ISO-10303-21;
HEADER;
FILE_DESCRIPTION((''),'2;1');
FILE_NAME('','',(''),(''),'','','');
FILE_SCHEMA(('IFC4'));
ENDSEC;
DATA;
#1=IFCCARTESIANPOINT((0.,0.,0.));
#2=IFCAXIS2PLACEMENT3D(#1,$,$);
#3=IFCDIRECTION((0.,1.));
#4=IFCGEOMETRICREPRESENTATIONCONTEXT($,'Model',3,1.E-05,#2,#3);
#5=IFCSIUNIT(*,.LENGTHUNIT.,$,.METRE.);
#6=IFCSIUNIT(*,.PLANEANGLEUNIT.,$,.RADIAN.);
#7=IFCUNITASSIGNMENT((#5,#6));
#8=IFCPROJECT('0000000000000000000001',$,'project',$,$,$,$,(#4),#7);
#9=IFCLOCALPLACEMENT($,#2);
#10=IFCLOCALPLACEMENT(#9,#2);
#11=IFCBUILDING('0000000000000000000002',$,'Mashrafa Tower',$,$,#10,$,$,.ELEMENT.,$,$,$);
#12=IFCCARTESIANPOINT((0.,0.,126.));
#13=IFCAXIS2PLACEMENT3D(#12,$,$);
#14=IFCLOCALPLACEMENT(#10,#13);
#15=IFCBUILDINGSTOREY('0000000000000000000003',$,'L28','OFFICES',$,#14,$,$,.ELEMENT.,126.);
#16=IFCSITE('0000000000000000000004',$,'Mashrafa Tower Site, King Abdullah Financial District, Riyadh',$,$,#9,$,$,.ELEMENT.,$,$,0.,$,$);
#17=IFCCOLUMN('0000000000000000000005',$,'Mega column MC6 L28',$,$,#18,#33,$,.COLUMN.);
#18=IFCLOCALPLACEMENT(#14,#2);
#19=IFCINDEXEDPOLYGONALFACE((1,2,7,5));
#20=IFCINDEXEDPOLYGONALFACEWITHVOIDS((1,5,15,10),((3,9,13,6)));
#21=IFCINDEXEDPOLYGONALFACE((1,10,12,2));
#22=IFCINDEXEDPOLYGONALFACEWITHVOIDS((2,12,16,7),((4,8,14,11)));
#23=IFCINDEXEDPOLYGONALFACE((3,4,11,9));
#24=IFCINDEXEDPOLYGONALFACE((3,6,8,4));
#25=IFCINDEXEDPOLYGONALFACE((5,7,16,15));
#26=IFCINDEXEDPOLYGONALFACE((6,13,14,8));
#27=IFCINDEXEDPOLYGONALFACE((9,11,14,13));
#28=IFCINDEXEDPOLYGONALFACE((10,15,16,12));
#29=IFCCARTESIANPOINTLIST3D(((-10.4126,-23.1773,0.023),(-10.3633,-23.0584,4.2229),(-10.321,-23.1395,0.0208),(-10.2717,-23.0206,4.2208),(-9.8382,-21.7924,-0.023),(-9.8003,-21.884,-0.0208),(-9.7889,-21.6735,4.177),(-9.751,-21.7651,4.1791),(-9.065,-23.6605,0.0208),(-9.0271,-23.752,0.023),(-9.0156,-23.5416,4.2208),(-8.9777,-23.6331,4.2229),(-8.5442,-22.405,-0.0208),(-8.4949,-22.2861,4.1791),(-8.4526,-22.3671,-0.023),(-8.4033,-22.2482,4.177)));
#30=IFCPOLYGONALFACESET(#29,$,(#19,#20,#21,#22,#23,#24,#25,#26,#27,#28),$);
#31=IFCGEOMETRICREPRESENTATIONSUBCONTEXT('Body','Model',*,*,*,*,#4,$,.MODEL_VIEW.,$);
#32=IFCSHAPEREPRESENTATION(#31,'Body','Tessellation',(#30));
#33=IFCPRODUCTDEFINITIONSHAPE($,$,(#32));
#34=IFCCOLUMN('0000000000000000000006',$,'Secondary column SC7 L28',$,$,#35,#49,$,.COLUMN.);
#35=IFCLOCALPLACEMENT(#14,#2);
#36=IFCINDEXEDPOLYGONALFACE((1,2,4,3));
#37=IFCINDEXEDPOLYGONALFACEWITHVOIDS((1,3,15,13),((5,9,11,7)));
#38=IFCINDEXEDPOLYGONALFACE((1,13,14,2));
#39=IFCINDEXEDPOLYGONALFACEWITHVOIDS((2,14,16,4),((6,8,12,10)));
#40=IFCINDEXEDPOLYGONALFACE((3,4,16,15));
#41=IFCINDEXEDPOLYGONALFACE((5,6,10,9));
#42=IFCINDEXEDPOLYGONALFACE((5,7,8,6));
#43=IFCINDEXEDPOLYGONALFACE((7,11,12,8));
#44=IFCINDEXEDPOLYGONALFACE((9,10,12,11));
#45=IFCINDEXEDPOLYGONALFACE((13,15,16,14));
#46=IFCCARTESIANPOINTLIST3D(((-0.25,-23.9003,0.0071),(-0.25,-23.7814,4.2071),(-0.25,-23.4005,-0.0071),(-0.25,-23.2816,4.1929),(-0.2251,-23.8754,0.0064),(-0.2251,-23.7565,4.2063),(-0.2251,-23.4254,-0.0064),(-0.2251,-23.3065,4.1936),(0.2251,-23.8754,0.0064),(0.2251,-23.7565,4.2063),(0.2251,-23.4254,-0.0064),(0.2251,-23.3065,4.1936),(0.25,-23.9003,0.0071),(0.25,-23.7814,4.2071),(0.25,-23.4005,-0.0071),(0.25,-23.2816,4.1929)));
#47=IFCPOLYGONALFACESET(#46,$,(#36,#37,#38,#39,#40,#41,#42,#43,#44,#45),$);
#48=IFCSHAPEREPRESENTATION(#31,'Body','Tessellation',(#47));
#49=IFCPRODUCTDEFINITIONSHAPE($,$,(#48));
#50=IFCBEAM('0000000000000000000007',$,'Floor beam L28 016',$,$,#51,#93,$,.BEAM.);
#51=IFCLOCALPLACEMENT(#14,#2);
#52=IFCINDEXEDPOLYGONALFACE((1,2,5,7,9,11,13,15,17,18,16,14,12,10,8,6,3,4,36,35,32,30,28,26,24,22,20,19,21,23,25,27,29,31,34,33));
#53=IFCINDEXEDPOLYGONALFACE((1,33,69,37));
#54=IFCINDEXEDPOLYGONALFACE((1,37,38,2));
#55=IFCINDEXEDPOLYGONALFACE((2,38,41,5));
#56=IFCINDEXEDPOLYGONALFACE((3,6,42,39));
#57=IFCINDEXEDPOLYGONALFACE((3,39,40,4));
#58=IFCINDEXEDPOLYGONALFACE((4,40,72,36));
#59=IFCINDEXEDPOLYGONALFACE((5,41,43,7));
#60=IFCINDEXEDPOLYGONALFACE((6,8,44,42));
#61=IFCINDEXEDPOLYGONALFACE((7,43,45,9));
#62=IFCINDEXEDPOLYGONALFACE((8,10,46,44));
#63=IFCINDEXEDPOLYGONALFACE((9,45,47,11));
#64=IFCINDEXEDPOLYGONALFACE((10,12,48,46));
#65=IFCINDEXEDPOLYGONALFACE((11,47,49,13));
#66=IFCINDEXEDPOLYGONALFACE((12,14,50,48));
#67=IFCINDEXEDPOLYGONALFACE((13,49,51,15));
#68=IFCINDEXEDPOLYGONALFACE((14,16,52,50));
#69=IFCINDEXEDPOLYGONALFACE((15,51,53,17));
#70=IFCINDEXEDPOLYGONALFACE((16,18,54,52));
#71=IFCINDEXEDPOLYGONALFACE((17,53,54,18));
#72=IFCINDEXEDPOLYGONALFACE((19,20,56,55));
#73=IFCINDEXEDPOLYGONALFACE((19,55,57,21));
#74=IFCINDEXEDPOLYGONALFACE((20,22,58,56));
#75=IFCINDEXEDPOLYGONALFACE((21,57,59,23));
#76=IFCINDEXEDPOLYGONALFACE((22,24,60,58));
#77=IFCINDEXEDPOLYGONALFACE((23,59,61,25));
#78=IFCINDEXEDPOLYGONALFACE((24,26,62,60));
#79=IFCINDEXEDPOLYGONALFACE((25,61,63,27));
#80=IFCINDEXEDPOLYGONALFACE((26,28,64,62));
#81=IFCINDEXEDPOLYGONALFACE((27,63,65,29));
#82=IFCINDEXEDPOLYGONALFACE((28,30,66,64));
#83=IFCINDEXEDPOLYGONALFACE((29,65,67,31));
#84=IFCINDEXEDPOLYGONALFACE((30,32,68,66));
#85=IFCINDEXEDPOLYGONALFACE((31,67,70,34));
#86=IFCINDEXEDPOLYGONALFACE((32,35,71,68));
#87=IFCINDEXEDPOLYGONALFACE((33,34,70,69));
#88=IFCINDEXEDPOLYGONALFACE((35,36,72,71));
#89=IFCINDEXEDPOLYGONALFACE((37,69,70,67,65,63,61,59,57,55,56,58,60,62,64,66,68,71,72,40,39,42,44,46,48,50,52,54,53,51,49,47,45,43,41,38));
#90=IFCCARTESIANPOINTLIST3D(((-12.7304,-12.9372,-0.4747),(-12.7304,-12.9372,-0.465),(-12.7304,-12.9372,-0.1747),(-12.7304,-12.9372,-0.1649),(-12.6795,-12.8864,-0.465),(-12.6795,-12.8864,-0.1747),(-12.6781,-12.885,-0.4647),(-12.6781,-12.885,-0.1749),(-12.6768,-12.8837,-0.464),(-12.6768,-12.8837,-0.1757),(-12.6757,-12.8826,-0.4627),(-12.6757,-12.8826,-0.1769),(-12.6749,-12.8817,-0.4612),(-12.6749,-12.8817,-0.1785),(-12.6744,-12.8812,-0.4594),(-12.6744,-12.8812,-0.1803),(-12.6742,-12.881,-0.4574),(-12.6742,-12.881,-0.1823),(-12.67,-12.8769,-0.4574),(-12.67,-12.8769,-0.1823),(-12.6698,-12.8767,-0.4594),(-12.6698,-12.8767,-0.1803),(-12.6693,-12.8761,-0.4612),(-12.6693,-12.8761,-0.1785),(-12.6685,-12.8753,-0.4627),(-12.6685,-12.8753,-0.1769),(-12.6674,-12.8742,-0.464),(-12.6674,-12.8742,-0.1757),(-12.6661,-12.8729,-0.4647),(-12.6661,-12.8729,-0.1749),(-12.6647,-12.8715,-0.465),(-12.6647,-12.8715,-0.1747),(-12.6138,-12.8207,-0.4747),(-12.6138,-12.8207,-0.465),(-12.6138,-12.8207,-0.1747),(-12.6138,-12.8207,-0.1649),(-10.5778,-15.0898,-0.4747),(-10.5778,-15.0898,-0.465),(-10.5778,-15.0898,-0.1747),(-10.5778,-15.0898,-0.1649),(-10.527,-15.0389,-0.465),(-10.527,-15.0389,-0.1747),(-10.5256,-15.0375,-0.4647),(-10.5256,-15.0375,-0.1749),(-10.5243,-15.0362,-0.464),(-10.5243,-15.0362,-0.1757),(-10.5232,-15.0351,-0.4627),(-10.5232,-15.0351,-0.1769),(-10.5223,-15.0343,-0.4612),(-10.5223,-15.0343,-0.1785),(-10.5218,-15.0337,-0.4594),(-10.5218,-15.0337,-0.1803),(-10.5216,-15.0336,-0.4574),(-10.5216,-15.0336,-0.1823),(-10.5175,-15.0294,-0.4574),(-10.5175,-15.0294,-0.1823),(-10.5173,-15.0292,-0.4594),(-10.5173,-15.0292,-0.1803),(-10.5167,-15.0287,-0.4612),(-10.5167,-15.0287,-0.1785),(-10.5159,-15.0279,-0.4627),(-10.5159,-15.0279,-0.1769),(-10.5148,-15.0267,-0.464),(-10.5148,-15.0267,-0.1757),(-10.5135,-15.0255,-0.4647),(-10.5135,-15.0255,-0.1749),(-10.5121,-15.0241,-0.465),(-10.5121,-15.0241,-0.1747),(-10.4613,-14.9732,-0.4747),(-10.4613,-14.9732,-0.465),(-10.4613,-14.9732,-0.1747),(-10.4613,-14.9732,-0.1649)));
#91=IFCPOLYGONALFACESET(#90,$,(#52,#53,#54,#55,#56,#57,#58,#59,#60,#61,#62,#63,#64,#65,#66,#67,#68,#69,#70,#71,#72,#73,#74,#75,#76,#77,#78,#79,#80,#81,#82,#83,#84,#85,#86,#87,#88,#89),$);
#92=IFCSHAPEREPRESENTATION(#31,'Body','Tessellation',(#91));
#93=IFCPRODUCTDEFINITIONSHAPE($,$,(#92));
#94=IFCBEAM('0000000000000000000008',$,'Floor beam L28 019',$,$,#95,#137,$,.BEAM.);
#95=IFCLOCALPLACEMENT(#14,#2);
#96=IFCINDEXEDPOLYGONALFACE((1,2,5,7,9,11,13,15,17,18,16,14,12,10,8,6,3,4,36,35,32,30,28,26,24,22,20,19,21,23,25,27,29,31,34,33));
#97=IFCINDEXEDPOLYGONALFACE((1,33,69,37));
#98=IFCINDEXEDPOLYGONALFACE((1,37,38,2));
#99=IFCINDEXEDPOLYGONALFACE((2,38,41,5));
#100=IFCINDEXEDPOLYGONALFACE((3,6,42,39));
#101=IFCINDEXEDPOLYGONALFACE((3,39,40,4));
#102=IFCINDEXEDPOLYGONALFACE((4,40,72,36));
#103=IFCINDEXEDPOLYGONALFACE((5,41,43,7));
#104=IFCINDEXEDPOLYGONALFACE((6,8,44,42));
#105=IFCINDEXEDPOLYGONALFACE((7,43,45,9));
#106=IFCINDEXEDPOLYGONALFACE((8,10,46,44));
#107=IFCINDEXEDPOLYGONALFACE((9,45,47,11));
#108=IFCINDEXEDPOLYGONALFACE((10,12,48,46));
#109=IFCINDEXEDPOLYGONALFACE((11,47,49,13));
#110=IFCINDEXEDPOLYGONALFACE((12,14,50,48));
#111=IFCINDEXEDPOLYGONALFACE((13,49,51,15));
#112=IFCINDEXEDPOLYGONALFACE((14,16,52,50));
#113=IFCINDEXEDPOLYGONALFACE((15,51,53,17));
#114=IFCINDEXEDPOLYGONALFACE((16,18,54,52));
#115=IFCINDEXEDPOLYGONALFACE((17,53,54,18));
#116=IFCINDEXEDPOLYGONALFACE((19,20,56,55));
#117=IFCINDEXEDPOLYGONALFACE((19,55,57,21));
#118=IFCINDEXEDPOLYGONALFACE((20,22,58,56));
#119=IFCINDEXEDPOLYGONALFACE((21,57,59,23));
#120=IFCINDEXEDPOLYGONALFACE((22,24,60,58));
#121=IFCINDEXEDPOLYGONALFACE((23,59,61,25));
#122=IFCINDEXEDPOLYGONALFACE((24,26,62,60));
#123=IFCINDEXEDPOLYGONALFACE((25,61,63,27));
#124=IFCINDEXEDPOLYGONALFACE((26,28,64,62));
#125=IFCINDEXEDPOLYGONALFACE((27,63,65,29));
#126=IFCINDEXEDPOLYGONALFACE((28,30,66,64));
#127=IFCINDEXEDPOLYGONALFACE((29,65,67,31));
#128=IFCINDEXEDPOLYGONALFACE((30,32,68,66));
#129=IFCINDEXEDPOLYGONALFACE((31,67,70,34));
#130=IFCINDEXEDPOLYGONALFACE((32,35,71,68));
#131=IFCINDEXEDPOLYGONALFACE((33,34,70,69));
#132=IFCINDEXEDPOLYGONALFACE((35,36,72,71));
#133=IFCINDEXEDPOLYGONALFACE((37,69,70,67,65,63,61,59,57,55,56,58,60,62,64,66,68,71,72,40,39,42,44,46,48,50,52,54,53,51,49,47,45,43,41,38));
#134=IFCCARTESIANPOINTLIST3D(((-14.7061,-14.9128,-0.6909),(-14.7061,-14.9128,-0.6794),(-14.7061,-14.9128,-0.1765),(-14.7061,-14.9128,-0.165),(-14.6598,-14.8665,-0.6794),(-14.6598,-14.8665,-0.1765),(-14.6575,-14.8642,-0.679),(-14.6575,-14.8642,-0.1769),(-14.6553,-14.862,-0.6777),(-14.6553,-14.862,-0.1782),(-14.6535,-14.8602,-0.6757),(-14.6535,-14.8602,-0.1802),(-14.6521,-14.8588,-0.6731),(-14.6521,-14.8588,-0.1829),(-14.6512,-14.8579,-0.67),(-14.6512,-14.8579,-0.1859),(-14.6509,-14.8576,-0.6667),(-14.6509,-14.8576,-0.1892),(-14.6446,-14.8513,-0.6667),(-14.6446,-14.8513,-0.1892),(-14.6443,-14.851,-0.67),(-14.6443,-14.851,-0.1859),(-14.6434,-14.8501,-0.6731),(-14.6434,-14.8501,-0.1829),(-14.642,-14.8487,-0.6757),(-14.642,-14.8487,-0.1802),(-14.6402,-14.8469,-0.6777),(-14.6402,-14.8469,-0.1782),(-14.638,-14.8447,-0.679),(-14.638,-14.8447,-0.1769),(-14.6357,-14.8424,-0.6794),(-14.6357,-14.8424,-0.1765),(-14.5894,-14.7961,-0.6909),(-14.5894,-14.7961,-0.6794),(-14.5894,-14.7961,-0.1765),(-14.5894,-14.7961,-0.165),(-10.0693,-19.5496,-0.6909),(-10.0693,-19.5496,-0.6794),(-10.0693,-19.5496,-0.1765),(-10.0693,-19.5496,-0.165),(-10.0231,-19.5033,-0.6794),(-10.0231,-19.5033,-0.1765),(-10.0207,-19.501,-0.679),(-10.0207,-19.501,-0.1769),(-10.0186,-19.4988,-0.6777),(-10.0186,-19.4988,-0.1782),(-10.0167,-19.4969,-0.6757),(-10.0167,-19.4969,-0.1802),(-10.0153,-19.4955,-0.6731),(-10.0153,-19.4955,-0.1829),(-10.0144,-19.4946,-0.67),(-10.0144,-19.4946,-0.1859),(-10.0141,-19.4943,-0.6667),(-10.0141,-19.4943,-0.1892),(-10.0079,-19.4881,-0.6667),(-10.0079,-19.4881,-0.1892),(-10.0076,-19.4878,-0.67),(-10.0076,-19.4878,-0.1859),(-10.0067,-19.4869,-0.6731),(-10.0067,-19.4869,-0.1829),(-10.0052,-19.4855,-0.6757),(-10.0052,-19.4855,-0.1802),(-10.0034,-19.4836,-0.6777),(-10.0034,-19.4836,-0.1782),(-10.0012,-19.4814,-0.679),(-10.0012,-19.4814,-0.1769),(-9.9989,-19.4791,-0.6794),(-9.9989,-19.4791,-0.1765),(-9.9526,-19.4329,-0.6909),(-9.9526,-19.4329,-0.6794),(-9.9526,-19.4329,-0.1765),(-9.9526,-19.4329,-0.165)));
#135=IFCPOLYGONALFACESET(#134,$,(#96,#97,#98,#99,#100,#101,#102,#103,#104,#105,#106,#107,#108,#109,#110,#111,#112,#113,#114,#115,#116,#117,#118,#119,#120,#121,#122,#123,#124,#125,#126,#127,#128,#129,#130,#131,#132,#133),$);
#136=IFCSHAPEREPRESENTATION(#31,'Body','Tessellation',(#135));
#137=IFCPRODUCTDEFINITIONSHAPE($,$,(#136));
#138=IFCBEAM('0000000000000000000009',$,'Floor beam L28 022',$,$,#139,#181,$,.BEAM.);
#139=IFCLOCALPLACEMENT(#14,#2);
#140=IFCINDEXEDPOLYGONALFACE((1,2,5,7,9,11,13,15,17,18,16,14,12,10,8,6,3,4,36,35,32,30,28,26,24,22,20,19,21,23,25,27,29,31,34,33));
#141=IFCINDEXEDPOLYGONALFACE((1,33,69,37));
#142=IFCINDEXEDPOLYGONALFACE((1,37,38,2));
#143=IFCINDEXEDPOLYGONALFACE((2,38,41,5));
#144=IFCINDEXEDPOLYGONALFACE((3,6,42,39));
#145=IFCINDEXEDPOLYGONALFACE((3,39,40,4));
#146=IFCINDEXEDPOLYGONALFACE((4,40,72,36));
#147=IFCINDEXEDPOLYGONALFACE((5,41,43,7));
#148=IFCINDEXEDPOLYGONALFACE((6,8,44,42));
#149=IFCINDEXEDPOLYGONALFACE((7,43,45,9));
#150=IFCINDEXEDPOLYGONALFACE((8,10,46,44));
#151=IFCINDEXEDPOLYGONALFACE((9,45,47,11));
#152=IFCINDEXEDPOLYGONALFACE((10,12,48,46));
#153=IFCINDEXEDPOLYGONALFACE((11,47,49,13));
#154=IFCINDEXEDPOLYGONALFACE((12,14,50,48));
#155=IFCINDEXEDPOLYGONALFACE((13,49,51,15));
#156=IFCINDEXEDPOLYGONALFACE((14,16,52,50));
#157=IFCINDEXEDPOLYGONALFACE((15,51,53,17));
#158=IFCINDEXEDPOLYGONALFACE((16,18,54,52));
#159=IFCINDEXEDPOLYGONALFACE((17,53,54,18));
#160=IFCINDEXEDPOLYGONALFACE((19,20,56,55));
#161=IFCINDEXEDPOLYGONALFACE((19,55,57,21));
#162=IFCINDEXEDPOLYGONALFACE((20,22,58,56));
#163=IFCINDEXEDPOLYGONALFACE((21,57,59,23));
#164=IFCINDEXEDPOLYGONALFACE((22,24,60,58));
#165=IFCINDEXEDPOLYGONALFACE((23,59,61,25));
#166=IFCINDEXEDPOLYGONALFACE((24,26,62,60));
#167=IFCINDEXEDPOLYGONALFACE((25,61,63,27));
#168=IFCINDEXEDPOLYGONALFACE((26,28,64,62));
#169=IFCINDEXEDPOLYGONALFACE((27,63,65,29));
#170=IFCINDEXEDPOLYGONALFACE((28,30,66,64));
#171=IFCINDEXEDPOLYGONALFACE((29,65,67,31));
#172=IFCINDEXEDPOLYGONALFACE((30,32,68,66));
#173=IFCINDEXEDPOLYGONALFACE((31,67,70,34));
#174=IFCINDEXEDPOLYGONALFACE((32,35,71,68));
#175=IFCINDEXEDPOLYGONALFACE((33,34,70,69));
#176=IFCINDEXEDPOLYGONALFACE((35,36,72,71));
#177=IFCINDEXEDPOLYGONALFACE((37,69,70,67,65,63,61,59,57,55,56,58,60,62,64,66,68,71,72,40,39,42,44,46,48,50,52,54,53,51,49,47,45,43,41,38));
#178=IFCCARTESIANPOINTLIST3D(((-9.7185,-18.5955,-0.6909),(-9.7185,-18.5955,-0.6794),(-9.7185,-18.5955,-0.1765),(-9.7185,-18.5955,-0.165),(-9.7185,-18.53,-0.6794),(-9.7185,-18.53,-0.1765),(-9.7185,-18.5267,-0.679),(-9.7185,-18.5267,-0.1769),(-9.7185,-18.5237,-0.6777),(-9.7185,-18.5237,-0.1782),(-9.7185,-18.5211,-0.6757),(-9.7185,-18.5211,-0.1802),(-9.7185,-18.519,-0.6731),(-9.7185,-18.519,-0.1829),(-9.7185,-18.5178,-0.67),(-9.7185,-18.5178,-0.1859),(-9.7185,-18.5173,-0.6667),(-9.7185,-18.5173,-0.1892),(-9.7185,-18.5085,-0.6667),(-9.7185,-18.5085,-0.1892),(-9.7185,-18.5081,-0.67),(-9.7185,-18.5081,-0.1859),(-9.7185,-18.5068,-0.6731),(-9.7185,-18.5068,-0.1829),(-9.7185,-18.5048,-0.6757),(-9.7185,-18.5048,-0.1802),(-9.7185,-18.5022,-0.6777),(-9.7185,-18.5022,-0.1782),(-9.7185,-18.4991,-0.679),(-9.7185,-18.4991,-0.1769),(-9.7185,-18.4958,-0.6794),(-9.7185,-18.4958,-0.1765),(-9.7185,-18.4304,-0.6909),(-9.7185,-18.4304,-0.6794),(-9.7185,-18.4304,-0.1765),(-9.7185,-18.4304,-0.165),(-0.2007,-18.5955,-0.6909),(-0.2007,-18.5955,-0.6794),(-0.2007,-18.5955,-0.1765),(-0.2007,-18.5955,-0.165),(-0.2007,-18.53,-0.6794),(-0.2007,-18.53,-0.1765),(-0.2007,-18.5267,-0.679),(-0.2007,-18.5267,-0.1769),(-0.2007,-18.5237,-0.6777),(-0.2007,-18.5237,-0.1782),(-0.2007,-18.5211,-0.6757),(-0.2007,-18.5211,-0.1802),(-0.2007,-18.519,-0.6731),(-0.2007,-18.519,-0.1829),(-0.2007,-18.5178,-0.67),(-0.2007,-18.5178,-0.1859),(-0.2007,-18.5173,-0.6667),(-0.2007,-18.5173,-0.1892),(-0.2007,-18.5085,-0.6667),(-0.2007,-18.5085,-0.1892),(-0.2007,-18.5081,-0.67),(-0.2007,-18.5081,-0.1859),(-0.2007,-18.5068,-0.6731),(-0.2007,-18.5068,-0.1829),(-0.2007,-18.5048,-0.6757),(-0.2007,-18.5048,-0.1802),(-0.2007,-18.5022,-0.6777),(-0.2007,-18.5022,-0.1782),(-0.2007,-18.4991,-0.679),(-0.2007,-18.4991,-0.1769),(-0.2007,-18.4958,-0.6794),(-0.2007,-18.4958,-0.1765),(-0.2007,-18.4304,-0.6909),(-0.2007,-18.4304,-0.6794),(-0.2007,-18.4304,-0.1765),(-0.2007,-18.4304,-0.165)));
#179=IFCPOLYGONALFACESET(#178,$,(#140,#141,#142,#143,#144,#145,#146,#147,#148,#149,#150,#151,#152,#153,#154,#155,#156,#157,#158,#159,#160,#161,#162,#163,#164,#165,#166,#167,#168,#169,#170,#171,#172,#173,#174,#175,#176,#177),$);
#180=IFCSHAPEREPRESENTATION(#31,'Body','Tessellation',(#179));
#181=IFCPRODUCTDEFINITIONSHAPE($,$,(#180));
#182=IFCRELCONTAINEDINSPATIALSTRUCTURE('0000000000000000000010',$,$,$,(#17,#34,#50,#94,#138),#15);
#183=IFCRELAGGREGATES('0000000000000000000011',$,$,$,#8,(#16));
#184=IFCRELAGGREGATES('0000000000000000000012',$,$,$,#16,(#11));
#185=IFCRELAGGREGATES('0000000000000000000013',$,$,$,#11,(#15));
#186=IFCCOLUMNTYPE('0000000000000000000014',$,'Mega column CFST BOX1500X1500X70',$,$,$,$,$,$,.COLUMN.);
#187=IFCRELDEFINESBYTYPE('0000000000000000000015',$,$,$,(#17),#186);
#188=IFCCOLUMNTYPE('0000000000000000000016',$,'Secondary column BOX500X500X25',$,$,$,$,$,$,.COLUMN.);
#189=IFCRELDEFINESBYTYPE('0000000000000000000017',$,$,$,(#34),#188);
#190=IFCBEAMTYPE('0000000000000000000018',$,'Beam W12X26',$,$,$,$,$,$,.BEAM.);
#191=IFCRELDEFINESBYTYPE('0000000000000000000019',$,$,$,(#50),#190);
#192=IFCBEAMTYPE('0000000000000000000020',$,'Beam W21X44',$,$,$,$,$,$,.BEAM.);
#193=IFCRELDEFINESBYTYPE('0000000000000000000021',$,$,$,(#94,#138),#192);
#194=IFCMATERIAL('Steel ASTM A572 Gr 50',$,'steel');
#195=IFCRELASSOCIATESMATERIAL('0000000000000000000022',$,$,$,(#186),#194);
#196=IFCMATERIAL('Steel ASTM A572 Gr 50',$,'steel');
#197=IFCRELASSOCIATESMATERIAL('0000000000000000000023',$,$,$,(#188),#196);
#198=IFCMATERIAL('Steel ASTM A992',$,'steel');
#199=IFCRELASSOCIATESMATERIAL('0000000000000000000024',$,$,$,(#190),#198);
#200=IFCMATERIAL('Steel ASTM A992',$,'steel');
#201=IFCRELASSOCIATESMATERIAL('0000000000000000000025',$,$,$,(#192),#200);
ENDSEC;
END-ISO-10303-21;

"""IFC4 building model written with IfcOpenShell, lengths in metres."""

from ifc_helpers import new_model, si_unit, direction, frame, origin, origin_2d, place, context, subcontext, project, spatial, hollow_rectangle, i_section, extrude, material, material_profile, profile_set, type_object, element, save


model = new_model("IFC4")

# Units and contexts
model_context = context("Model", 3, precision=1e-05, world=origin(), true_north=direction((0.0, 1.0)))
body_context = subcontext(model_context, "Body", "Model", "MODEL_VIEW")
ifc_project = project(units=[si_unit("LENGTHUNIT", "METRE"), si_unit("PLANEANGLEUNIT", "RADIAN")], contexts=[model_context])

# Site, building, storey
site_placement = place(None, origin())
site = spatial("IfcSite", under=ifc_project, at=site_placement, Name="Mashrafa Tower Site, King Abdullah Financial District, Riyadh", CompositionType="ELEMENT", RefElevation=0.0)
building_placement = place(site_placement, origin())
building = spatial("IfcBuilding", under=site, at=building_placement, Name="Mashrafa Tower", CompositionType="ELEMENT")
storey_placement = place(building_placement, frame((0.0, 0.0, 126.0)))
storey = spatial("IfcBuildingStorey", under=building, at=storey_placement, Name="L28", Description="OFFICES", CompositionType="ELEMENT", Elevation=126.0)

# Columns
ifc_material_1 = material(Name="Steel ASTM A572 Gr 50", Category="steel")
ifc_material_profile_1 = material_profile(ifc_material_1, hollow_rectangle(XDim=1.5, YDim=1.5, WallThickness=0.0701, at=origin_2d()), Name="BOX1500X1500X70")
ifc_profile_set_1 = profile_set([ifc_material_profile_1], Name="Steel ASTM A572 Gr 50")
column_type_1 = type_object("IfcColumnType", Name="Mega column CFST BOX1500X1500X70", PredefinedType="COLUMN", material=ifc_profile_set_1)
column_1_placement = place(storey_placement, frame((-9.4326, -22.7722, 0.0), z_axis=(0.011737, 0.028296, 0.999531), x_axis=(-0.923693, 0.383133, 0.0)))
element("IfcColumn", 1, at=column_1_placement, inside=storey, type_object=column_type_1, Name="Mega column MC6 L28", PredefinedType="COLUMN", context=body_context, shape_type="SweptSolid", body=[
    extrude(hollow_rectangle(XDim=1.5, YDim=1.5, WallThickness=0.0701, at=origin_2d()), origin(), (0.0, 0.0, 1.0), 4.2019),
])
ifc_material_2 = material(Name="Steel ASTM A572 Gr 50", Category="steel")
ifc_material_profile_2 = material_profile(ifc_material_2, hollow_rectangle(XDim=0.5, YDim=0.5, WallThickness=0.0249, at=origin_2d()), Name="BOX500X500X25")
ifc_profile_set_2 = profile_set([ifc_material_profile_2], Name="Steel ASTM A572 Gr 50")
column_type_2 = type_object("IfcColumnType", Name="Secondary column BOX500X500X25", PredefinedType="COLUMN", material=ifc_profile_set_2)
column_2_placement = place(storey_placement, frame((0.0, -23.6504, 0.0), z_axis=(0.0, 0.028298, 0.9996), x_axis=(-1.0, 0.0, 0.0)))
element("IfcColumn", 2, at=column_2_placement, inside=storey, type_object=column_type_2, Name="Secondary column SC7 L28", PredefinedType="COLUMN", context=body_context, shape_type="SweptSolid", body=[
    extrude(hollow_rectangle(XDim=0.5, YDim=0.5, WallThickness=0.0249, at=origin_2d()), origin(), (0.0, 0.0, 1.0), 4.2017),
])

# Beams
ifc_material_3 = material(Name="Steel ASTM A992", Category="steel")
ifc_material_profile_3 = material_profile(ifc_material_3, i_section(OverallWidth=0.1648, OverallDepth=0.3098, WebThickness=0.0059, FlangeThickness=0.0098, FilletRadius=0.0076, at=origin_2d()), Name="W12X26")
ifc_profile_set_3 = profile_set([ifc_material_profile_3], Name="Steel ASTM A992")
beam_type_1 = type_object("IfcBeamType", Name="Beam W12X26", PredefinedType="BEAM", material=ifc_profile_set_3)
beam_1_placement = place(storey_placement, frame((-10.5195, -15.0315, -0.3198), z_axis=(-0.707107, 0.707107, 0.0), x_axis=(-0.707107, -0.707107, 0.0)))
element("IfcBeam", 3, at=beam_1_placement, inside=storey, type_object=beam_type_1, Name="Floor beam L28 016", PredefinedType="BEAM", context=body_context, shape_type="SweptSolid", body=[
    extrude(i_section(OverallWidth=0.1648, OverallDepth=0.3098, WebThickness=0.0059, FlangeThickness=0.0098, FilletRadius=0.0076, at=origin_2d()), origin(), (0.0, 0.0, 1.0), 3.0442),
])
ifc_material_4 = material(Name="Steel ASTM A992", Category="steel")
ifc_material_profile_4 = material_profile(ifc_material_4, i_section(OverallWidth=0.165, OverallDepth=0.5259, WebThickness=0.0088, FlangeThickness=0.0115, FilletRadius=0.0127, at=origin_2d()), Name="W21X44")
ifc_profile_set_4 = profile_set([ifc_material_profile_4], Name="Steel ASTM A992")
beam_type_2 = type_object("IfcBeamType", Name="Beam W21X44", PredefinedType="BEAM", material=ifc_profile_set_4)
beam_2_placement = place(storey_placement, frame((-10.011, -19.4912, -0.428), z_axis=(-0.707107, 0.707107, 0.0), x_axis=(-0.707107, -0.707107, 0.0)))
element("IfcBeam", 4, at=beam_2_placement, inside=storey, type_object=beam_type_2, Name="Floor beam L28 019", PredefinedType="BEAM", context=body_context, shape_type="SweptSolid", body=[
    extrude(i_section(OverallWidth=0.165, OverallDepth=0.5259, WebThickness=0.0088, FlangeThickness=0.0115, FilletRadius=0.0127, at=origin_2d()), origin(), (0.0, 0.0, 1.0), 6.5574),
])
beam_3_placement = place(storey_placement, frame((-0.2007, -18.5129, -0.428), z_axis=(-1.0, 0.0, 0.0), x_axis=(0.0, -1.0, 0.0)))
element("IfcBeam", 5, at=beam_3_placement, inside=storey, type_object=beam_type_2, Name="Floor beam L28 022", PredefinedType="BEAM", context=body_context, shape_type="SweptSolid", body=[
    extrude(i_section(OverallWidth=0.165, OverallDepth=0.5259, WebThickness=0.0088, FlangeThickness=0.0115, FilletRadius=0.0127, at=origin_2d()), origin(), (0.0, 0.0, 1.0), 9.5178),
])

save(model, "model.ifc")
